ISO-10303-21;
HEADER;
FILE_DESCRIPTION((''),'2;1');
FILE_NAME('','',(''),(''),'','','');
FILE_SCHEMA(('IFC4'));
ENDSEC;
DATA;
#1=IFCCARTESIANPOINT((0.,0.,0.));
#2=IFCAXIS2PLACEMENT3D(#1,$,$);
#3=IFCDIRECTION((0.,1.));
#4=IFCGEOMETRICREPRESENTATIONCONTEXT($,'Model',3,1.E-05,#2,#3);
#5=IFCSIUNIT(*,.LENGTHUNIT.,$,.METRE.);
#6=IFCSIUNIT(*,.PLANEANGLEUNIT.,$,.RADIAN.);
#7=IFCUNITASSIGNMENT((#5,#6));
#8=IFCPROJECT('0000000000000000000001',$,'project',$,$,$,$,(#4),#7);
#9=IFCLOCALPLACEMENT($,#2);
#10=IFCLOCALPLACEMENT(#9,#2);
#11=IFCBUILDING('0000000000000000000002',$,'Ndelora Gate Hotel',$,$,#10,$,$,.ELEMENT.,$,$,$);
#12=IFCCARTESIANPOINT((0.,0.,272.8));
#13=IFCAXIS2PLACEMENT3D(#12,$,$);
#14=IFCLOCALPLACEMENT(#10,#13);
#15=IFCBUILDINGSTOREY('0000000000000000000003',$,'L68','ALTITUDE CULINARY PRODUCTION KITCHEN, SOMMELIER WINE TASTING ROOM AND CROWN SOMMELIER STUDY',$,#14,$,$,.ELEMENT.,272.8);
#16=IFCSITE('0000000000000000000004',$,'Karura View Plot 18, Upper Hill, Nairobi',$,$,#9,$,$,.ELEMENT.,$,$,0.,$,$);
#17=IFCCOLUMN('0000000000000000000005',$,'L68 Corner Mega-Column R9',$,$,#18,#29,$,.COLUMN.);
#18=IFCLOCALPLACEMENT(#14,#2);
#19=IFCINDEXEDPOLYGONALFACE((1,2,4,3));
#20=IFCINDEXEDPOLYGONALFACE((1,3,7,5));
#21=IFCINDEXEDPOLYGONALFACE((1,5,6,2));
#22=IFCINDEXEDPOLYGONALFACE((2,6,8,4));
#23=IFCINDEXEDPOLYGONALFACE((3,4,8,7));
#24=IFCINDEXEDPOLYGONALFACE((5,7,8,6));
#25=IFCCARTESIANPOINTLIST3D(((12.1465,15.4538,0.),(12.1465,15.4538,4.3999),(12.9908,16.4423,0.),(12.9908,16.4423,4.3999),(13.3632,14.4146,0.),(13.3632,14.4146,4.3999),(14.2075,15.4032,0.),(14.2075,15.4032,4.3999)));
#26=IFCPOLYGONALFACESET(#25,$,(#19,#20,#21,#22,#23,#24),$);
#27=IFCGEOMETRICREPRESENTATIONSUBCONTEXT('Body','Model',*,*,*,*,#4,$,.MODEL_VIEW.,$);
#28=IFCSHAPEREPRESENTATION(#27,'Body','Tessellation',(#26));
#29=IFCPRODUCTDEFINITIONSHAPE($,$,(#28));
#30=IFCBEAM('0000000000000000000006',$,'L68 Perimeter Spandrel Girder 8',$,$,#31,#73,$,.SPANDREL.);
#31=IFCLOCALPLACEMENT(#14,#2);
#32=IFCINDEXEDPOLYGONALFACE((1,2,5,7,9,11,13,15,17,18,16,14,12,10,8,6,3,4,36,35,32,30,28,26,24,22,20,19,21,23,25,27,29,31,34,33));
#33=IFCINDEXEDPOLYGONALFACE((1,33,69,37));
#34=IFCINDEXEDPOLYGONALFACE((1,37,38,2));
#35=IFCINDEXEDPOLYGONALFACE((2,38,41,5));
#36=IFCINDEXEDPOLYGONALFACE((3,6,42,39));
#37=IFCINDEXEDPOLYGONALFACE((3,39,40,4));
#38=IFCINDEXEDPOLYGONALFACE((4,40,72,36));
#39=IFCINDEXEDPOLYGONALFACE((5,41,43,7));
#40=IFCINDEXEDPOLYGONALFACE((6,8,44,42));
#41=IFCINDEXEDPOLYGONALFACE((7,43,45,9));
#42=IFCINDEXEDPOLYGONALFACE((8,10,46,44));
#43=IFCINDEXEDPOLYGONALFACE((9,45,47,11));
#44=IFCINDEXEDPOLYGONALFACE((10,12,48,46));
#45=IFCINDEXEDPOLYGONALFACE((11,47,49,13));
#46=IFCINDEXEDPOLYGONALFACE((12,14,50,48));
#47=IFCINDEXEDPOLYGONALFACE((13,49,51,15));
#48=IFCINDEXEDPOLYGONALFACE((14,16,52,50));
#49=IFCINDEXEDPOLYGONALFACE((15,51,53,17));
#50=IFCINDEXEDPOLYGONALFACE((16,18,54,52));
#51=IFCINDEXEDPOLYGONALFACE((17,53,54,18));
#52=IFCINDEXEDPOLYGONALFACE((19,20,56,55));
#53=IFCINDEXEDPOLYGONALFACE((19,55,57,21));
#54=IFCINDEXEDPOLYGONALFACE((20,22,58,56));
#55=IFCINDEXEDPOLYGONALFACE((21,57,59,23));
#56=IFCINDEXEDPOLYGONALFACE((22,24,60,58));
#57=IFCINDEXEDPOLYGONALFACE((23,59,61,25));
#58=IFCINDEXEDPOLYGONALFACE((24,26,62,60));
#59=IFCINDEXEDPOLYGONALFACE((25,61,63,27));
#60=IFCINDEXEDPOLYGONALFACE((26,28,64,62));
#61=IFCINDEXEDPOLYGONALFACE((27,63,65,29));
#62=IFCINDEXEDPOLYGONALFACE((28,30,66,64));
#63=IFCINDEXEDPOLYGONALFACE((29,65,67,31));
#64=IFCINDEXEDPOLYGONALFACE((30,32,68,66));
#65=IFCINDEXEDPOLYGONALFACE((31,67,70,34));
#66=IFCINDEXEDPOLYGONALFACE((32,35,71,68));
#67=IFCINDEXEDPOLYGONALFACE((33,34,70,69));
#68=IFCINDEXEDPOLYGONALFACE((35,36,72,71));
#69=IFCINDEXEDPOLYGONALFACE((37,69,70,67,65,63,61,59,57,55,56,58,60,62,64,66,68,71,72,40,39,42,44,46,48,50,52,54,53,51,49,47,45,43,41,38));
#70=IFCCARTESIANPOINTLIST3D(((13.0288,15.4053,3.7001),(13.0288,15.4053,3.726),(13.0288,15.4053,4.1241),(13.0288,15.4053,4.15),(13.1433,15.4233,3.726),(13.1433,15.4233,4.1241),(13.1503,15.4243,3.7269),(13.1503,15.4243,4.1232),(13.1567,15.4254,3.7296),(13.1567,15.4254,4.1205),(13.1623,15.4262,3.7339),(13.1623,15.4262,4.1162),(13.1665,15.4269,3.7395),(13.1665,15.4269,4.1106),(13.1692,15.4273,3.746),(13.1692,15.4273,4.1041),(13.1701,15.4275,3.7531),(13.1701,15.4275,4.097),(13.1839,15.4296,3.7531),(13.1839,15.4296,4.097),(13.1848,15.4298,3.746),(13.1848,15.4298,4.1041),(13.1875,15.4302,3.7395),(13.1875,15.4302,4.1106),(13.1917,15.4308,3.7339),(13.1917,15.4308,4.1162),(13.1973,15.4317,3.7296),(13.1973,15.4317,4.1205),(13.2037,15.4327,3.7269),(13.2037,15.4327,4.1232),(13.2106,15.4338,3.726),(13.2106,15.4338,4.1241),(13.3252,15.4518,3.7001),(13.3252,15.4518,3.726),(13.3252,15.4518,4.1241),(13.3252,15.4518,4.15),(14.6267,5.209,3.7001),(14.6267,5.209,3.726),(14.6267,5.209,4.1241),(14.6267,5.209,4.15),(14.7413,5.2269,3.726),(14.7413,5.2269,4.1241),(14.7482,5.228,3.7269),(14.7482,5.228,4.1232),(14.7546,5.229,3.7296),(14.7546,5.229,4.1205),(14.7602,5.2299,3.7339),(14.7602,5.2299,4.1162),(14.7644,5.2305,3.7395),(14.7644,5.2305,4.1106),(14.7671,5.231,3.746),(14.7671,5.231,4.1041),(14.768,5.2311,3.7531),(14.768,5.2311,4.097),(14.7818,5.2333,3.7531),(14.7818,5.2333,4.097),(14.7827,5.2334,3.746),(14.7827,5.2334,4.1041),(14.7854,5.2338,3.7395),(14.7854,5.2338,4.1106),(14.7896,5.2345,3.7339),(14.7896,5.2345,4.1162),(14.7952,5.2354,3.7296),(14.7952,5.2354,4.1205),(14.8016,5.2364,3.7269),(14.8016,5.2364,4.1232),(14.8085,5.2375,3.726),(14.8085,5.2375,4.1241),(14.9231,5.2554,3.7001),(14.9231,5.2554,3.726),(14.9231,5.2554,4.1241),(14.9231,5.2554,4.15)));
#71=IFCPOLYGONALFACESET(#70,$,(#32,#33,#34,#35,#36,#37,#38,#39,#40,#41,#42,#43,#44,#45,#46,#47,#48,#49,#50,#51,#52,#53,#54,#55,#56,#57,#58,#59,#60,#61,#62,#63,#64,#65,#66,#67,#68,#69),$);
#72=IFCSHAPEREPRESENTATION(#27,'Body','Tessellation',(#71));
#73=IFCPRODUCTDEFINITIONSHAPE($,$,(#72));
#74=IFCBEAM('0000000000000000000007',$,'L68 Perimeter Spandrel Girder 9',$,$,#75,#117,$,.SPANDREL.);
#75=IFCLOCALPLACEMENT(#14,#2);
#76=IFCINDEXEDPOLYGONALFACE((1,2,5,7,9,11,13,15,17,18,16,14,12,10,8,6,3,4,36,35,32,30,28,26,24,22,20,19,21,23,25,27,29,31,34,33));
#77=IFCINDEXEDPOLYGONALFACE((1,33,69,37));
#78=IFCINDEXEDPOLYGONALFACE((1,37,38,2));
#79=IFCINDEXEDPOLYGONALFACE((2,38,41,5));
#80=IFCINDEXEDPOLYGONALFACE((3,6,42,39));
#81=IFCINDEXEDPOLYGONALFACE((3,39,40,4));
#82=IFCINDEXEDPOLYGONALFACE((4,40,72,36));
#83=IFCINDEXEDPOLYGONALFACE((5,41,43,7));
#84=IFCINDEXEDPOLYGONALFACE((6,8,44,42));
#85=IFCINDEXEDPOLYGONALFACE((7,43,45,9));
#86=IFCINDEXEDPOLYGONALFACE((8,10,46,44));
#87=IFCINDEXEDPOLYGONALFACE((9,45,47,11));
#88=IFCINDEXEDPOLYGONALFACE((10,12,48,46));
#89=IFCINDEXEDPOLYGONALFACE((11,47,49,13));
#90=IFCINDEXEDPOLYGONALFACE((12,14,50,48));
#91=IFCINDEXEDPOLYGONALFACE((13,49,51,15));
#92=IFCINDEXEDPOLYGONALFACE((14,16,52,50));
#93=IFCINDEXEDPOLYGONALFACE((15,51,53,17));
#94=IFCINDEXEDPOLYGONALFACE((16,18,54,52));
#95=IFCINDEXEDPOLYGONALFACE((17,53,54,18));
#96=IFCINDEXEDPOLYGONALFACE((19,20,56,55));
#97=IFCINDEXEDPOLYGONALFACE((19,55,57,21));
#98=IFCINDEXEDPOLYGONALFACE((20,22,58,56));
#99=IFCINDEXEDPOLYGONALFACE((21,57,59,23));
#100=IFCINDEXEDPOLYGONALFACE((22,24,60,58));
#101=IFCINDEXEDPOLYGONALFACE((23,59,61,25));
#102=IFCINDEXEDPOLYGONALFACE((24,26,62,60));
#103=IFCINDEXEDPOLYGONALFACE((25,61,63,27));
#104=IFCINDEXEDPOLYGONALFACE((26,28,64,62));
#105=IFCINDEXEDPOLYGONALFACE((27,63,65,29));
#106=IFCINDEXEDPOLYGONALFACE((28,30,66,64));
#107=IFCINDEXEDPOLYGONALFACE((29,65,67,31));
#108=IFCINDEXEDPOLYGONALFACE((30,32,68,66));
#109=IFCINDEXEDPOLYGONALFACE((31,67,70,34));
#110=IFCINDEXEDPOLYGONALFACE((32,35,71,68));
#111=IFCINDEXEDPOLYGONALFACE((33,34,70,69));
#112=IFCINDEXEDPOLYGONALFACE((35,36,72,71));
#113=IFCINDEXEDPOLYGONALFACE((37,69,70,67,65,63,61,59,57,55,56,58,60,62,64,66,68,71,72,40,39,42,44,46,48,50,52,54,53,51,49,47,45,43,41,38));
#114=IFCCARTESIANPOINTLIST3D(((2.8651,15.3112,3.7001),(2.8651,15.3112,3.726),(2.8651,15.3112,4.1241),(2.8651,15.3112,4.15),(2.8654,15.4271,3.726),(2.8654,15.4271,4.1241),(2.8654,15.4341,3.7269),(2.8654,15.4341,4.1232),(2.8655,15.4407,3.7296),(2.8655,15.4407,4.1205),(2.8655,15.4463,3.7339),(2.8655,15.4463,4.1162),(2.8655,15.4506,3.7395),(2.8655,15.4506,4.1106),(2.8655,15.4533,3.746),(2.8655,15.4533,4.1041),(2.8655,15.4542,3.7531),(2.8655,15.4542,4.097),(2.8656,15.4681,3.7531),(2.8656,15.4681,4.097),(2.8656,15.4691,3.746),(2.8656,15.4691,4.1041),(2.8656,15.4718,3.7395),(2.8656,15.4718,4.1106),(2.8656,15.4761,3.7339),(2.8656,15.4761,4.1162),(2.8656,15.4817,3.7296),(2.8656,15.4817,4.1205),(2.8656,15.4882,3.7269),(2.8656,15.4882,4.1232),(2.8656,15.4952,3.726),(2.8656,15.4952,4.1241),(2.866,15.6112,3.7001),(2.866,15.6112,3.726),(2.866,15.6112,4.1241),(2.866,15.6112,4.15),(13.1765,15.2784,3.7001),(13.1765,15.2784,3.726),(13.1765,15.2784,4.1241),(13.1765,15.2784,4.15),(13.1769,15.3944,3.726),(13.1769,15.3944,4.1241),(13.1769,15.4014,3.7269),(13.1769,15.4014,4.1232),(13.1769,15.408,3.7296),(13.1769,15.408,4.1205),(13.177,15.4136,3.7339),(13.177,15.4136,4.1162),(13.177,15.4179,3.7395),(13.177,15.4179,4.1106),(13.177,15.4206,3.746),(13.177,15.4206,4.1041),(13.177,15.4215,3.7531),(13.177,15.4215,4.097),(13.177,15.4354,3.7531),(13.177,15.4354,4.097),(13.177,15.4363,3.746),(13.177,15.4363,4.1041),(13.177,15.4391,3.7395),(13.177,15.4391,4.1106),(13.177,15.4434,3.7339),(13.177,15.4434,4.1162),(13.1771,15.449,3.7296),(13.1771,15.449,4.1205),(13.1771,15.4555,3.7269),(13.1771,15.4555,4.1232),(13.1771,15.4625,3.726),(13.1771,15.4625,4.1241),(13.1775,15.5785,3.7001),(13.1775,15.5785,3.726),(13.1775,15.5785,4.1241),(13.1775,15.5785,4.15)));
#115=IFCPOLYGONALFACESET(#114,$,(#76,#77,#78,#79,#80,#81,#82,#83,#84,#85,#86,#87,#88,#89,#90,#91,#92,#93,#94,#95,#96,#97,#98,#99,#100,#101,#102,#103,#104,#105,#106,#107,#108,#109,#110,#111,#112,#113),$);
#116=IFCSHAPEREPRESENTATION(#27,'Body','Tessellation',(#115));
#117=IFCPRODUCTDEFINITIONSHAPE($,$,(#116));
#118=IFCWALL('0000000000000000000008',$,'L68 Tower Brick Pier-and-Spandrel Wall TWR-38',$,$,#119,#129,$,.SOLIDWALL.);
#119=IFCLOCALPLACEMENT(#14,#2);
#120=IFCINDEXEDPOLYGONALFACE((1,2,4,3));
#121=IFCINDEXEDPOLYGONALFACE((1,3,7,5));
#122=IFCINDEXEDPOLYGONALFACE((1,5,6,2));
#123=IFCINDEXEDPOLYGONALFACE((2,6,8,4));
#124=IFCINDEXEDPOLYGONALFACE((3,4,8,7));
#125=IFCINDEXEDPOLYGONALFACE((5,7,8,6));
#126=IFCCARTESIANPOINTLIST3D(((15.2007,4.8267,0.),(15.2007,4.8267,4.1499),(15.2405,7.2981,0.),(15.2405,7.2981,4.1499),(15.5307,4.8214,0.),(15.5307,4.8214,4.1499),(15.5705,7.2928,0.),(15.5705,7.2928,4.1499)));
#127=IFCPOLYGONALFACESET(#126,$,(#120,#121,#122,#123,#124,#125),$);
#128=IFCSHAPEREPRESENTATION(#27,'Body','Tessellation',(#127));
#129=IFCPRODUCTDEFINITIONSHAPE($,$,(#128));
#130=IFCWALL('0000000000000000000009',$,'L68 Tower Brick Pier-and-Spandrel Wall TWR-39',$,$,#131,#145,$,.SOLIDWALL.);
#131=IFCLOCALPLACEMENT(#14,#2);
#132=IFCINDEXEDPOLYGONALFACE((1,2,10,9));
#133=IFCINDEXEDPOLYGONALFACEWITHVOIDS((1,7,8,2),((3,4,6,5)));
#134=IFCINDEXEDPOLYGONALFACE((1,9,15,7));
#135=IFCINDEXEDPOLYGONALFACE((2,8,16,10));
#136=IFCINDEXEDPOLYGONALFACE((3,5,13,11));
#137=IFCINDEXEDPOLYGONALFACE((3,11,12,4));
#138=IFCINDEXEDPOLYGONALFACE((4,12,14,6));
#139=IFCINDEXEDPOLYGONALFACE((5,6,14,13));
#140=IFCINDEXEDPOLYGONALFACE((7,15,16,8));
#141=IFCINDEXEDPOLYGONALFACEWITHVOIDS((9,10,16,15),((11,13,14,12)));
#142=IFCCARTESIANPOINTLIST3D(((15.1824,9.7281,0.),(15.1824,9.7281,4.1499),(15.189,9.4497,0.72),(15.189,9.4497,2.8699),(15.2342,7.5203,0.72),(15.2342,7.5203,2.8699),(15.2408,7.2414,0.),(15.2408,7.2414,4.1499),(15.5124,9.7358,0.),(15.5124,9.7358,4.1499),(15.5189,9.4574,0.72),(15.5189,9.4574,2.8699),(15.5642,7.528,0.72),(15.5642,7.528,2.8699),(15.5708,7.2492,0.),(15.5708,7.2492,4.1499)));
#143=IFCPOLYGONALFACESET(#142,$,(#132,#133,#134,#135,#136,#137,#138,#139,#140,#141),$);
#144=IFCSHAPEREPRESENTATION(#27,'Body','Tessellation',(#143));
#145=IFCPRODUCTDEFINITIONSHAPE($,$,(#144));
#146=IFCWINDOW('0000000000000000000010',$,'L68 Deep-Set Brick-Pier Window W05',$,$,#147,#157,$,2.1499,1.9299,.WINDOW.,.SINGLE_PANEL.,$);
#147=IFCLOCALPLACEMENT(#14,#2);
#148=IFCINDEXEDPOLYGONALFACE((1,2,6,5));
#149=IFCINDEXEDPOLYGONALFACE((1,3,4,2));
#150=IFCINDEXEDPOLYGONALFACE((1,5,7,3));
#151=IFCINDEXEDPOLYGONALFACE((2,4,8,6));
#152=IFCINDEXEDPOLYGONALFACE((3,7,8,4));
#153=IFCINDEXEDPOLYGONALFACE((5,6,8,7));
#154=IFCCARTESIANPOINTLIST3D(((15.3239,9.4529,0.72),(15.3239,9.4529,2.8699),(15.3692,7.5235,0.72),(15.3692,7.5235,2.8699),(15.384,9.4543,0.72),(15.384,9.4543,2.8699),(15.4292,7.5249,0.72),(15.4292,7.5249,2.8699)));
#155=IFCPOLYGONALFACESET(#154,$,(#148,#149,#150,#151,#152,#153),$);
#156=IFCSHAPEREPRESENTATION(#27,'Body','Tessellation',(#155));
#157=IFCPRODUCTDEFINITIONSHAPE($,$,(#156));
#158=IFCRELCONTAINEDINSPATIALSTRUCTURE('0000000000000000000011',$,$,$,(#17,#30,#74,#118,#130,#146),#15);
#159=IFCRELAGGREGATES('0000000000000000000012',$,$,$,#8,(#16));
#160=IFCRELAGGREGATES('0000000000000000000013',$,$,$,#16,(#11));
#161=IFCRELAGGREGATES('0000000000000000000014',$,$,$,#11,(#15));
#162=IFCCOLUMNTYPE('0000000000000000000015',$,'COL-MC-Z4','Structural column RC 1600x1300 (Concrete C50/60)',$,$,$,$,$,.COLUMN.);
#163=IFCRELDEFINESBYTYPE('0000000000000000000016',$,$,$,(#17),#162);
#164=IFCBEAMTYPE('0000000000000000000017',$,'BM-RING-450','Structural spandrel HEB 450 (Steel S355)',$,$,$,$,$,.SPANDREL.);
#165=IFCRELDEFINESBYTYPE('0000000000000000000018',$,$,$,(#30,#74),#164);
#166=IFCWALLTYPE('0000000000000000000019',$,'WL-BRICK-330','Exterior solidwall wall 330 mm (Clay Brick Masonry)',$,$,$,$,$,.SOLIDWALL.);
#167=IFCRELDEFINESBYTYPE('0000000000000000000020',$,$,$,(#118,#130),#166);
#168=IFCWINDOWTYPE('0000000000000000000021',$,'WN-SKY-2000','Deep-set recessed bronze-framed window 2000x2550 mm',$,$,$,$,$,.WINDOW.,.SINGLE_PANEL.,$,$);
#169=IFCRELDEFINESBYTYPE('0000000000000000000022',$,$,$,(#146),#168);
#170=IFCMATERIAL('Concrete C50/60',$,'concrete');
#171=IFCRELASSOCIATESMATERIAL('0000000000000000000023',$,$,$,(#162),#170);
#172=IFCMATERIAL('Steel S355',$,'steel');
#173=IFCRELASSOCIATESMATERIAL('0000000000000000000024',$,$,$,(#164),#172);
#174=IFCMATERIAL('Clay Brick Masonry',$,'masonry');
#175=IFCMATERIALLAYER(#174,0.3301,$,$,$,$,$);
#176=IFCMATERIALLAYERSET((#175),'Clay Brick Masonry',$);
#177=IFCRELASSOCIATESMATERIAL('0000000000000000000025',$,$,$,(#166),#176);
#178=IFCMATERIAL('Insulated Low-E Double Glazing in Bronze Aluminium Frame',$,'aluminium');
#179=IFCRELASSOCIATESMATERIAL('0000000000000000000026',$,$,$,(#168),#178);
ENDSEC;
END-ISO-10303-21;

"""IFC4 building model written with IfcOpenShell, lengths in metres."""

from ifc_helpers import new_model, si_unit, direction, frame, frame_2d, origin, origin_2d, place, context, subcontext, project, spatial, rectangle, i_section, extrude, material, layer, layer_set, material_profile, profile_set, type_object, element, fill, save


model = new_model("IFC4")

# Units and contexts
model_context = context("Model", 3, precision=1e-05, world=origin(), true_north=direction((0.0, 1.0)))
body_context = subcontext(model_context, "Body", "Model", "MODEL_VIEW")
ifc_project = project(units=[si_unit("LENGTHUNIT", "METRE"), si_unit("PLANEANGLEUNIT", "RADIAN")], contexts=[model_context])

# Site, building, storey
site_placement = place(None, origin())
site = spatial("IfcSite", under=ifc_project, at=site_placement, Name="Karura View Plot 18, Upper Hill, Nairobi", CompositionType="ELEMENT", RefElevation=0.0)
building_placement = place(site_placement, origin())
building = spatial("IfcBuilding", under=site, at=building_placement, Name="Ndelora Gate Hotel", CompositionType="ELEMENT")
storey_placement = place(building_placement, frame((0.0, 0.0, 272.8)))
storey = spatial("IfcBuildingStorey", under=building, at=storey_placement, Name="L68", Description="ALTITUDE CULINARY PRODUCTION KITCHEN, SOMMELIER WINE TASTING ROOM AND CROWN SOMMELIER STUDY", CompositionType="ELEMENT", Elevation=272.8)

# Column
ifc_material_1 = material(Name="Concrete C50/60", Category="concrete")
ifc_material_profile_1 = material_profile(ifc_material_1, rectangle(XDim=1.3, YDim=1.6001, at=origin_2d()), Name="RC 1600x1300")
ifc_profile_set_1 = profile_set([ifc_material_profile_1], Name="Concrete C50/60")
column_type = type_object("IfcColumnType", Name="COL-MC-Z4", Description="Structural column RC 1600x1300 (Concrete C50/60)", PredefinedType="COLUMN", material=ifc_profile_set_1)
column_placement = place(storey_placement, frame((13.177, 15.4285, 0.0), z_axis=(0.0, 0.0, 1.0), x_axis=(0.649448, 0.760406, 0.0)))
element("IfcColumn", 1, at=column_placement, inside=storey, type_object=column_type, Name="L68 Corner Mega-Column R9", PredefinedType="COLUMN", context=body_context, shape_type="SweptSolid", body=[
    extrude(rectangle(XDim=1.3, YDim=1.6001, at=origin_2d()), origin(), (0.0, 0.0, 1.0), 4.3999),
])

# Beams
ifc_material_2 = material(Name="Steel S355", Category="steel")
ifc_material_profile_2 = material_profile(ifc_material_2, i_section(OverallWidth=0.3, OverallDepth=0.45, WebThickness=0.0139, FlangeThickness=0.0259, FilletRadius=0.0271, at=origin_2d()), Name="HEB 450")
ifc_profile_set_2 = profile_set([ifc_material_profile_2], Name="Steel S355")
beam_type = type_object("IfcBeamType", Name="BM-RING-450", Description="Structural spandrel HEB 450 (Steel S355)", PredefinedType="SPANDREL", material=ifc_profile_set_2)
beam_1_placement = place(storey_placement, frame((14.7749, 5.2322, 3.925), z_axis=(-0.154824, 0.987942, 0.0), x_axis=(-0.987942, -0.154824, 0.0)))
element("IfcBeam", 2, at=beam_1_placement, inside=storey, type_object=beam_type, Name="L68 Perimeter Spandrel Girder 8", PredefinedType="SPANDREL", context=body_context, shape_type="SweptSolid", body=[
    extrude(i_section(OverallWidth=0.3, OverallDepth=0.45, WebThickness=0.0139, FlangeThickness=0.0259, FilletRadius=0.0271, at=origin_2d()), origin(), (0.0, 0.0, 1.0), 10.3208),
])
beam_2_placement = place(storey_placement, frame((13.177, 15.4285, 3.925), z_axis=(-0.999995, 0.003173, 0.0), x_axis=(-0.003173, -0.999995, 0.0)))
element("IfcBeam", 3, at=beam_2_placement, inside=storey, type_object=beam_type, Name="L68 Perimeter Spandrel Girder 9", PredefinedType="SPANDREL", context=body_context, shape_type="SweptSolid", body=[
    extrude(i_section(OverallWidth=0.3, OverallDepth=0.45, WebThickness=0.0139, FlangeThickness=0.0259, FilletRadius=0.0271, at=origin_2d()), origin(), (0.0, 0.0, 1.0), 10.3115),
])

# Wall
ifc_material_3 = material(Name="Clay Brick Masonry", Category="masonry")
ifc_layer_1 = layer(ifc_material_3, 0.3301)
ifc_layer_set_1 = layer_set([ifc_layer_1], Name="Clay Brick Masonry")
wall_type_1 = type_object("IfcWallType", Name="WL-BRICK-330", Description="Exterior solidwall wall 330 mm (Clay Brick Masonry)", PredefinedType="SOLIDWALL", material=ifc_layer_set_1)
wall_1_placement = place(storey_placement, frame((15.4055, 7.2954, 0.0), z_axis=(0.0, 0.0, 1.0), x_axis=(-0.0161, -0.99987, 0.0)))
element("IfcWall", 4, at=wall_1_placement, inside=storey, type_object=wall_type_1, Name="L68 Tower Brick Pier-and-Spandrel Wall TWR-38", PredefinedType="SOLIDWALL", context=body_context, shape_type="SweptSolid", body=[
    extrude(rectangle(XDim=2.4717, YDim=0.3301, at=frame_2d((1.2358, 0.0))), origin(), (0.0, 0.0, 1.0), 4.1499),
])

# Wall, opening, window
wall_2_placement = place(storey_placement, frame((15.3474, 9.7319, 0.0), z_axis=(0.0, 0.0, 1.0), x_axis=(0.023459, -0.999725, 0.0)))
wall_2 = element("IfcWall", 5, at=wall_2_placement, inside=storey, type_object=wall_type_1, Name="L68 Tower Brick Pier-and-Spandrel Wall TWR-39", PredefinedType="SOLIDWALL", context=body_context, shape_type="SweptSolid", body=[
    extrude(rectangle(XDim=2.4873, YDim=0.3301, at=frame_2d((1.2437, 0.0))), origin(), (0.0, 0.0, 1.0), 4.1499),
])
opening_1_placement = place(wall_2_placement, frame((0.2786, 0.0, 0.72)))
opening_1 = element("IfcOpeningElement", 6, at=opening_1_placement, cuts=wall_2, PredefinedType="OPENING", context=body_context, shape_type="SweptSolid", body=[
    extrude(rectangle(XDim=1.9299, YDim=2.1499, at=frame_2d((0.9648, 1.075))), frame((0.0, 0.175, 0.0), z_axis=(0.0, -1.0, 0.0), x_axis=(1.0, 0.0, 0.0)), (0.0, 0.0, 1.0), 0.3501),
])
ifc_material_4 = material(Name="Insulated Low-E Double Glazing in Bronze Aluminium Frame", Category="aluminium")
window_type = type_object("IfcWindowType", Name="WN-SKY-2000", Description="Deep-set recessed bronze-framed window 2000x2550 mm", PartitioningType="SINGLE_PANEL", PredefinedType="WINDOW", material=ifc_material_4)
window_1_placement = place(opening_1_placement, origin())
window_1 = element("IfcWindow", 7, at=window_1_placement, inside=storey, type_object=window_type, Name="L68 Deep-Set Brick-Pier Window W05", OverallHeight=2.1499, OverallWidth=1.9299, PartitioningType="SINGLE_PANEL", PredefinedType="WINDOW", context=body_context, shape_type="SweptSolid", body=[
    extrude(rectangle(XDim=1.9299, YDim=2.1499, at=frame_2d((0.9648, 1.075))), frame((0.0, 0.03, 0.0), z_axis=(0.0, -1.0, 0.0), x_axis=(1.0, 0.0, 0.0)), (0.0, 0.0, 1.0), 0.0601),
])
fill(opening_1, window_1)

save(model, "model.ifc")
